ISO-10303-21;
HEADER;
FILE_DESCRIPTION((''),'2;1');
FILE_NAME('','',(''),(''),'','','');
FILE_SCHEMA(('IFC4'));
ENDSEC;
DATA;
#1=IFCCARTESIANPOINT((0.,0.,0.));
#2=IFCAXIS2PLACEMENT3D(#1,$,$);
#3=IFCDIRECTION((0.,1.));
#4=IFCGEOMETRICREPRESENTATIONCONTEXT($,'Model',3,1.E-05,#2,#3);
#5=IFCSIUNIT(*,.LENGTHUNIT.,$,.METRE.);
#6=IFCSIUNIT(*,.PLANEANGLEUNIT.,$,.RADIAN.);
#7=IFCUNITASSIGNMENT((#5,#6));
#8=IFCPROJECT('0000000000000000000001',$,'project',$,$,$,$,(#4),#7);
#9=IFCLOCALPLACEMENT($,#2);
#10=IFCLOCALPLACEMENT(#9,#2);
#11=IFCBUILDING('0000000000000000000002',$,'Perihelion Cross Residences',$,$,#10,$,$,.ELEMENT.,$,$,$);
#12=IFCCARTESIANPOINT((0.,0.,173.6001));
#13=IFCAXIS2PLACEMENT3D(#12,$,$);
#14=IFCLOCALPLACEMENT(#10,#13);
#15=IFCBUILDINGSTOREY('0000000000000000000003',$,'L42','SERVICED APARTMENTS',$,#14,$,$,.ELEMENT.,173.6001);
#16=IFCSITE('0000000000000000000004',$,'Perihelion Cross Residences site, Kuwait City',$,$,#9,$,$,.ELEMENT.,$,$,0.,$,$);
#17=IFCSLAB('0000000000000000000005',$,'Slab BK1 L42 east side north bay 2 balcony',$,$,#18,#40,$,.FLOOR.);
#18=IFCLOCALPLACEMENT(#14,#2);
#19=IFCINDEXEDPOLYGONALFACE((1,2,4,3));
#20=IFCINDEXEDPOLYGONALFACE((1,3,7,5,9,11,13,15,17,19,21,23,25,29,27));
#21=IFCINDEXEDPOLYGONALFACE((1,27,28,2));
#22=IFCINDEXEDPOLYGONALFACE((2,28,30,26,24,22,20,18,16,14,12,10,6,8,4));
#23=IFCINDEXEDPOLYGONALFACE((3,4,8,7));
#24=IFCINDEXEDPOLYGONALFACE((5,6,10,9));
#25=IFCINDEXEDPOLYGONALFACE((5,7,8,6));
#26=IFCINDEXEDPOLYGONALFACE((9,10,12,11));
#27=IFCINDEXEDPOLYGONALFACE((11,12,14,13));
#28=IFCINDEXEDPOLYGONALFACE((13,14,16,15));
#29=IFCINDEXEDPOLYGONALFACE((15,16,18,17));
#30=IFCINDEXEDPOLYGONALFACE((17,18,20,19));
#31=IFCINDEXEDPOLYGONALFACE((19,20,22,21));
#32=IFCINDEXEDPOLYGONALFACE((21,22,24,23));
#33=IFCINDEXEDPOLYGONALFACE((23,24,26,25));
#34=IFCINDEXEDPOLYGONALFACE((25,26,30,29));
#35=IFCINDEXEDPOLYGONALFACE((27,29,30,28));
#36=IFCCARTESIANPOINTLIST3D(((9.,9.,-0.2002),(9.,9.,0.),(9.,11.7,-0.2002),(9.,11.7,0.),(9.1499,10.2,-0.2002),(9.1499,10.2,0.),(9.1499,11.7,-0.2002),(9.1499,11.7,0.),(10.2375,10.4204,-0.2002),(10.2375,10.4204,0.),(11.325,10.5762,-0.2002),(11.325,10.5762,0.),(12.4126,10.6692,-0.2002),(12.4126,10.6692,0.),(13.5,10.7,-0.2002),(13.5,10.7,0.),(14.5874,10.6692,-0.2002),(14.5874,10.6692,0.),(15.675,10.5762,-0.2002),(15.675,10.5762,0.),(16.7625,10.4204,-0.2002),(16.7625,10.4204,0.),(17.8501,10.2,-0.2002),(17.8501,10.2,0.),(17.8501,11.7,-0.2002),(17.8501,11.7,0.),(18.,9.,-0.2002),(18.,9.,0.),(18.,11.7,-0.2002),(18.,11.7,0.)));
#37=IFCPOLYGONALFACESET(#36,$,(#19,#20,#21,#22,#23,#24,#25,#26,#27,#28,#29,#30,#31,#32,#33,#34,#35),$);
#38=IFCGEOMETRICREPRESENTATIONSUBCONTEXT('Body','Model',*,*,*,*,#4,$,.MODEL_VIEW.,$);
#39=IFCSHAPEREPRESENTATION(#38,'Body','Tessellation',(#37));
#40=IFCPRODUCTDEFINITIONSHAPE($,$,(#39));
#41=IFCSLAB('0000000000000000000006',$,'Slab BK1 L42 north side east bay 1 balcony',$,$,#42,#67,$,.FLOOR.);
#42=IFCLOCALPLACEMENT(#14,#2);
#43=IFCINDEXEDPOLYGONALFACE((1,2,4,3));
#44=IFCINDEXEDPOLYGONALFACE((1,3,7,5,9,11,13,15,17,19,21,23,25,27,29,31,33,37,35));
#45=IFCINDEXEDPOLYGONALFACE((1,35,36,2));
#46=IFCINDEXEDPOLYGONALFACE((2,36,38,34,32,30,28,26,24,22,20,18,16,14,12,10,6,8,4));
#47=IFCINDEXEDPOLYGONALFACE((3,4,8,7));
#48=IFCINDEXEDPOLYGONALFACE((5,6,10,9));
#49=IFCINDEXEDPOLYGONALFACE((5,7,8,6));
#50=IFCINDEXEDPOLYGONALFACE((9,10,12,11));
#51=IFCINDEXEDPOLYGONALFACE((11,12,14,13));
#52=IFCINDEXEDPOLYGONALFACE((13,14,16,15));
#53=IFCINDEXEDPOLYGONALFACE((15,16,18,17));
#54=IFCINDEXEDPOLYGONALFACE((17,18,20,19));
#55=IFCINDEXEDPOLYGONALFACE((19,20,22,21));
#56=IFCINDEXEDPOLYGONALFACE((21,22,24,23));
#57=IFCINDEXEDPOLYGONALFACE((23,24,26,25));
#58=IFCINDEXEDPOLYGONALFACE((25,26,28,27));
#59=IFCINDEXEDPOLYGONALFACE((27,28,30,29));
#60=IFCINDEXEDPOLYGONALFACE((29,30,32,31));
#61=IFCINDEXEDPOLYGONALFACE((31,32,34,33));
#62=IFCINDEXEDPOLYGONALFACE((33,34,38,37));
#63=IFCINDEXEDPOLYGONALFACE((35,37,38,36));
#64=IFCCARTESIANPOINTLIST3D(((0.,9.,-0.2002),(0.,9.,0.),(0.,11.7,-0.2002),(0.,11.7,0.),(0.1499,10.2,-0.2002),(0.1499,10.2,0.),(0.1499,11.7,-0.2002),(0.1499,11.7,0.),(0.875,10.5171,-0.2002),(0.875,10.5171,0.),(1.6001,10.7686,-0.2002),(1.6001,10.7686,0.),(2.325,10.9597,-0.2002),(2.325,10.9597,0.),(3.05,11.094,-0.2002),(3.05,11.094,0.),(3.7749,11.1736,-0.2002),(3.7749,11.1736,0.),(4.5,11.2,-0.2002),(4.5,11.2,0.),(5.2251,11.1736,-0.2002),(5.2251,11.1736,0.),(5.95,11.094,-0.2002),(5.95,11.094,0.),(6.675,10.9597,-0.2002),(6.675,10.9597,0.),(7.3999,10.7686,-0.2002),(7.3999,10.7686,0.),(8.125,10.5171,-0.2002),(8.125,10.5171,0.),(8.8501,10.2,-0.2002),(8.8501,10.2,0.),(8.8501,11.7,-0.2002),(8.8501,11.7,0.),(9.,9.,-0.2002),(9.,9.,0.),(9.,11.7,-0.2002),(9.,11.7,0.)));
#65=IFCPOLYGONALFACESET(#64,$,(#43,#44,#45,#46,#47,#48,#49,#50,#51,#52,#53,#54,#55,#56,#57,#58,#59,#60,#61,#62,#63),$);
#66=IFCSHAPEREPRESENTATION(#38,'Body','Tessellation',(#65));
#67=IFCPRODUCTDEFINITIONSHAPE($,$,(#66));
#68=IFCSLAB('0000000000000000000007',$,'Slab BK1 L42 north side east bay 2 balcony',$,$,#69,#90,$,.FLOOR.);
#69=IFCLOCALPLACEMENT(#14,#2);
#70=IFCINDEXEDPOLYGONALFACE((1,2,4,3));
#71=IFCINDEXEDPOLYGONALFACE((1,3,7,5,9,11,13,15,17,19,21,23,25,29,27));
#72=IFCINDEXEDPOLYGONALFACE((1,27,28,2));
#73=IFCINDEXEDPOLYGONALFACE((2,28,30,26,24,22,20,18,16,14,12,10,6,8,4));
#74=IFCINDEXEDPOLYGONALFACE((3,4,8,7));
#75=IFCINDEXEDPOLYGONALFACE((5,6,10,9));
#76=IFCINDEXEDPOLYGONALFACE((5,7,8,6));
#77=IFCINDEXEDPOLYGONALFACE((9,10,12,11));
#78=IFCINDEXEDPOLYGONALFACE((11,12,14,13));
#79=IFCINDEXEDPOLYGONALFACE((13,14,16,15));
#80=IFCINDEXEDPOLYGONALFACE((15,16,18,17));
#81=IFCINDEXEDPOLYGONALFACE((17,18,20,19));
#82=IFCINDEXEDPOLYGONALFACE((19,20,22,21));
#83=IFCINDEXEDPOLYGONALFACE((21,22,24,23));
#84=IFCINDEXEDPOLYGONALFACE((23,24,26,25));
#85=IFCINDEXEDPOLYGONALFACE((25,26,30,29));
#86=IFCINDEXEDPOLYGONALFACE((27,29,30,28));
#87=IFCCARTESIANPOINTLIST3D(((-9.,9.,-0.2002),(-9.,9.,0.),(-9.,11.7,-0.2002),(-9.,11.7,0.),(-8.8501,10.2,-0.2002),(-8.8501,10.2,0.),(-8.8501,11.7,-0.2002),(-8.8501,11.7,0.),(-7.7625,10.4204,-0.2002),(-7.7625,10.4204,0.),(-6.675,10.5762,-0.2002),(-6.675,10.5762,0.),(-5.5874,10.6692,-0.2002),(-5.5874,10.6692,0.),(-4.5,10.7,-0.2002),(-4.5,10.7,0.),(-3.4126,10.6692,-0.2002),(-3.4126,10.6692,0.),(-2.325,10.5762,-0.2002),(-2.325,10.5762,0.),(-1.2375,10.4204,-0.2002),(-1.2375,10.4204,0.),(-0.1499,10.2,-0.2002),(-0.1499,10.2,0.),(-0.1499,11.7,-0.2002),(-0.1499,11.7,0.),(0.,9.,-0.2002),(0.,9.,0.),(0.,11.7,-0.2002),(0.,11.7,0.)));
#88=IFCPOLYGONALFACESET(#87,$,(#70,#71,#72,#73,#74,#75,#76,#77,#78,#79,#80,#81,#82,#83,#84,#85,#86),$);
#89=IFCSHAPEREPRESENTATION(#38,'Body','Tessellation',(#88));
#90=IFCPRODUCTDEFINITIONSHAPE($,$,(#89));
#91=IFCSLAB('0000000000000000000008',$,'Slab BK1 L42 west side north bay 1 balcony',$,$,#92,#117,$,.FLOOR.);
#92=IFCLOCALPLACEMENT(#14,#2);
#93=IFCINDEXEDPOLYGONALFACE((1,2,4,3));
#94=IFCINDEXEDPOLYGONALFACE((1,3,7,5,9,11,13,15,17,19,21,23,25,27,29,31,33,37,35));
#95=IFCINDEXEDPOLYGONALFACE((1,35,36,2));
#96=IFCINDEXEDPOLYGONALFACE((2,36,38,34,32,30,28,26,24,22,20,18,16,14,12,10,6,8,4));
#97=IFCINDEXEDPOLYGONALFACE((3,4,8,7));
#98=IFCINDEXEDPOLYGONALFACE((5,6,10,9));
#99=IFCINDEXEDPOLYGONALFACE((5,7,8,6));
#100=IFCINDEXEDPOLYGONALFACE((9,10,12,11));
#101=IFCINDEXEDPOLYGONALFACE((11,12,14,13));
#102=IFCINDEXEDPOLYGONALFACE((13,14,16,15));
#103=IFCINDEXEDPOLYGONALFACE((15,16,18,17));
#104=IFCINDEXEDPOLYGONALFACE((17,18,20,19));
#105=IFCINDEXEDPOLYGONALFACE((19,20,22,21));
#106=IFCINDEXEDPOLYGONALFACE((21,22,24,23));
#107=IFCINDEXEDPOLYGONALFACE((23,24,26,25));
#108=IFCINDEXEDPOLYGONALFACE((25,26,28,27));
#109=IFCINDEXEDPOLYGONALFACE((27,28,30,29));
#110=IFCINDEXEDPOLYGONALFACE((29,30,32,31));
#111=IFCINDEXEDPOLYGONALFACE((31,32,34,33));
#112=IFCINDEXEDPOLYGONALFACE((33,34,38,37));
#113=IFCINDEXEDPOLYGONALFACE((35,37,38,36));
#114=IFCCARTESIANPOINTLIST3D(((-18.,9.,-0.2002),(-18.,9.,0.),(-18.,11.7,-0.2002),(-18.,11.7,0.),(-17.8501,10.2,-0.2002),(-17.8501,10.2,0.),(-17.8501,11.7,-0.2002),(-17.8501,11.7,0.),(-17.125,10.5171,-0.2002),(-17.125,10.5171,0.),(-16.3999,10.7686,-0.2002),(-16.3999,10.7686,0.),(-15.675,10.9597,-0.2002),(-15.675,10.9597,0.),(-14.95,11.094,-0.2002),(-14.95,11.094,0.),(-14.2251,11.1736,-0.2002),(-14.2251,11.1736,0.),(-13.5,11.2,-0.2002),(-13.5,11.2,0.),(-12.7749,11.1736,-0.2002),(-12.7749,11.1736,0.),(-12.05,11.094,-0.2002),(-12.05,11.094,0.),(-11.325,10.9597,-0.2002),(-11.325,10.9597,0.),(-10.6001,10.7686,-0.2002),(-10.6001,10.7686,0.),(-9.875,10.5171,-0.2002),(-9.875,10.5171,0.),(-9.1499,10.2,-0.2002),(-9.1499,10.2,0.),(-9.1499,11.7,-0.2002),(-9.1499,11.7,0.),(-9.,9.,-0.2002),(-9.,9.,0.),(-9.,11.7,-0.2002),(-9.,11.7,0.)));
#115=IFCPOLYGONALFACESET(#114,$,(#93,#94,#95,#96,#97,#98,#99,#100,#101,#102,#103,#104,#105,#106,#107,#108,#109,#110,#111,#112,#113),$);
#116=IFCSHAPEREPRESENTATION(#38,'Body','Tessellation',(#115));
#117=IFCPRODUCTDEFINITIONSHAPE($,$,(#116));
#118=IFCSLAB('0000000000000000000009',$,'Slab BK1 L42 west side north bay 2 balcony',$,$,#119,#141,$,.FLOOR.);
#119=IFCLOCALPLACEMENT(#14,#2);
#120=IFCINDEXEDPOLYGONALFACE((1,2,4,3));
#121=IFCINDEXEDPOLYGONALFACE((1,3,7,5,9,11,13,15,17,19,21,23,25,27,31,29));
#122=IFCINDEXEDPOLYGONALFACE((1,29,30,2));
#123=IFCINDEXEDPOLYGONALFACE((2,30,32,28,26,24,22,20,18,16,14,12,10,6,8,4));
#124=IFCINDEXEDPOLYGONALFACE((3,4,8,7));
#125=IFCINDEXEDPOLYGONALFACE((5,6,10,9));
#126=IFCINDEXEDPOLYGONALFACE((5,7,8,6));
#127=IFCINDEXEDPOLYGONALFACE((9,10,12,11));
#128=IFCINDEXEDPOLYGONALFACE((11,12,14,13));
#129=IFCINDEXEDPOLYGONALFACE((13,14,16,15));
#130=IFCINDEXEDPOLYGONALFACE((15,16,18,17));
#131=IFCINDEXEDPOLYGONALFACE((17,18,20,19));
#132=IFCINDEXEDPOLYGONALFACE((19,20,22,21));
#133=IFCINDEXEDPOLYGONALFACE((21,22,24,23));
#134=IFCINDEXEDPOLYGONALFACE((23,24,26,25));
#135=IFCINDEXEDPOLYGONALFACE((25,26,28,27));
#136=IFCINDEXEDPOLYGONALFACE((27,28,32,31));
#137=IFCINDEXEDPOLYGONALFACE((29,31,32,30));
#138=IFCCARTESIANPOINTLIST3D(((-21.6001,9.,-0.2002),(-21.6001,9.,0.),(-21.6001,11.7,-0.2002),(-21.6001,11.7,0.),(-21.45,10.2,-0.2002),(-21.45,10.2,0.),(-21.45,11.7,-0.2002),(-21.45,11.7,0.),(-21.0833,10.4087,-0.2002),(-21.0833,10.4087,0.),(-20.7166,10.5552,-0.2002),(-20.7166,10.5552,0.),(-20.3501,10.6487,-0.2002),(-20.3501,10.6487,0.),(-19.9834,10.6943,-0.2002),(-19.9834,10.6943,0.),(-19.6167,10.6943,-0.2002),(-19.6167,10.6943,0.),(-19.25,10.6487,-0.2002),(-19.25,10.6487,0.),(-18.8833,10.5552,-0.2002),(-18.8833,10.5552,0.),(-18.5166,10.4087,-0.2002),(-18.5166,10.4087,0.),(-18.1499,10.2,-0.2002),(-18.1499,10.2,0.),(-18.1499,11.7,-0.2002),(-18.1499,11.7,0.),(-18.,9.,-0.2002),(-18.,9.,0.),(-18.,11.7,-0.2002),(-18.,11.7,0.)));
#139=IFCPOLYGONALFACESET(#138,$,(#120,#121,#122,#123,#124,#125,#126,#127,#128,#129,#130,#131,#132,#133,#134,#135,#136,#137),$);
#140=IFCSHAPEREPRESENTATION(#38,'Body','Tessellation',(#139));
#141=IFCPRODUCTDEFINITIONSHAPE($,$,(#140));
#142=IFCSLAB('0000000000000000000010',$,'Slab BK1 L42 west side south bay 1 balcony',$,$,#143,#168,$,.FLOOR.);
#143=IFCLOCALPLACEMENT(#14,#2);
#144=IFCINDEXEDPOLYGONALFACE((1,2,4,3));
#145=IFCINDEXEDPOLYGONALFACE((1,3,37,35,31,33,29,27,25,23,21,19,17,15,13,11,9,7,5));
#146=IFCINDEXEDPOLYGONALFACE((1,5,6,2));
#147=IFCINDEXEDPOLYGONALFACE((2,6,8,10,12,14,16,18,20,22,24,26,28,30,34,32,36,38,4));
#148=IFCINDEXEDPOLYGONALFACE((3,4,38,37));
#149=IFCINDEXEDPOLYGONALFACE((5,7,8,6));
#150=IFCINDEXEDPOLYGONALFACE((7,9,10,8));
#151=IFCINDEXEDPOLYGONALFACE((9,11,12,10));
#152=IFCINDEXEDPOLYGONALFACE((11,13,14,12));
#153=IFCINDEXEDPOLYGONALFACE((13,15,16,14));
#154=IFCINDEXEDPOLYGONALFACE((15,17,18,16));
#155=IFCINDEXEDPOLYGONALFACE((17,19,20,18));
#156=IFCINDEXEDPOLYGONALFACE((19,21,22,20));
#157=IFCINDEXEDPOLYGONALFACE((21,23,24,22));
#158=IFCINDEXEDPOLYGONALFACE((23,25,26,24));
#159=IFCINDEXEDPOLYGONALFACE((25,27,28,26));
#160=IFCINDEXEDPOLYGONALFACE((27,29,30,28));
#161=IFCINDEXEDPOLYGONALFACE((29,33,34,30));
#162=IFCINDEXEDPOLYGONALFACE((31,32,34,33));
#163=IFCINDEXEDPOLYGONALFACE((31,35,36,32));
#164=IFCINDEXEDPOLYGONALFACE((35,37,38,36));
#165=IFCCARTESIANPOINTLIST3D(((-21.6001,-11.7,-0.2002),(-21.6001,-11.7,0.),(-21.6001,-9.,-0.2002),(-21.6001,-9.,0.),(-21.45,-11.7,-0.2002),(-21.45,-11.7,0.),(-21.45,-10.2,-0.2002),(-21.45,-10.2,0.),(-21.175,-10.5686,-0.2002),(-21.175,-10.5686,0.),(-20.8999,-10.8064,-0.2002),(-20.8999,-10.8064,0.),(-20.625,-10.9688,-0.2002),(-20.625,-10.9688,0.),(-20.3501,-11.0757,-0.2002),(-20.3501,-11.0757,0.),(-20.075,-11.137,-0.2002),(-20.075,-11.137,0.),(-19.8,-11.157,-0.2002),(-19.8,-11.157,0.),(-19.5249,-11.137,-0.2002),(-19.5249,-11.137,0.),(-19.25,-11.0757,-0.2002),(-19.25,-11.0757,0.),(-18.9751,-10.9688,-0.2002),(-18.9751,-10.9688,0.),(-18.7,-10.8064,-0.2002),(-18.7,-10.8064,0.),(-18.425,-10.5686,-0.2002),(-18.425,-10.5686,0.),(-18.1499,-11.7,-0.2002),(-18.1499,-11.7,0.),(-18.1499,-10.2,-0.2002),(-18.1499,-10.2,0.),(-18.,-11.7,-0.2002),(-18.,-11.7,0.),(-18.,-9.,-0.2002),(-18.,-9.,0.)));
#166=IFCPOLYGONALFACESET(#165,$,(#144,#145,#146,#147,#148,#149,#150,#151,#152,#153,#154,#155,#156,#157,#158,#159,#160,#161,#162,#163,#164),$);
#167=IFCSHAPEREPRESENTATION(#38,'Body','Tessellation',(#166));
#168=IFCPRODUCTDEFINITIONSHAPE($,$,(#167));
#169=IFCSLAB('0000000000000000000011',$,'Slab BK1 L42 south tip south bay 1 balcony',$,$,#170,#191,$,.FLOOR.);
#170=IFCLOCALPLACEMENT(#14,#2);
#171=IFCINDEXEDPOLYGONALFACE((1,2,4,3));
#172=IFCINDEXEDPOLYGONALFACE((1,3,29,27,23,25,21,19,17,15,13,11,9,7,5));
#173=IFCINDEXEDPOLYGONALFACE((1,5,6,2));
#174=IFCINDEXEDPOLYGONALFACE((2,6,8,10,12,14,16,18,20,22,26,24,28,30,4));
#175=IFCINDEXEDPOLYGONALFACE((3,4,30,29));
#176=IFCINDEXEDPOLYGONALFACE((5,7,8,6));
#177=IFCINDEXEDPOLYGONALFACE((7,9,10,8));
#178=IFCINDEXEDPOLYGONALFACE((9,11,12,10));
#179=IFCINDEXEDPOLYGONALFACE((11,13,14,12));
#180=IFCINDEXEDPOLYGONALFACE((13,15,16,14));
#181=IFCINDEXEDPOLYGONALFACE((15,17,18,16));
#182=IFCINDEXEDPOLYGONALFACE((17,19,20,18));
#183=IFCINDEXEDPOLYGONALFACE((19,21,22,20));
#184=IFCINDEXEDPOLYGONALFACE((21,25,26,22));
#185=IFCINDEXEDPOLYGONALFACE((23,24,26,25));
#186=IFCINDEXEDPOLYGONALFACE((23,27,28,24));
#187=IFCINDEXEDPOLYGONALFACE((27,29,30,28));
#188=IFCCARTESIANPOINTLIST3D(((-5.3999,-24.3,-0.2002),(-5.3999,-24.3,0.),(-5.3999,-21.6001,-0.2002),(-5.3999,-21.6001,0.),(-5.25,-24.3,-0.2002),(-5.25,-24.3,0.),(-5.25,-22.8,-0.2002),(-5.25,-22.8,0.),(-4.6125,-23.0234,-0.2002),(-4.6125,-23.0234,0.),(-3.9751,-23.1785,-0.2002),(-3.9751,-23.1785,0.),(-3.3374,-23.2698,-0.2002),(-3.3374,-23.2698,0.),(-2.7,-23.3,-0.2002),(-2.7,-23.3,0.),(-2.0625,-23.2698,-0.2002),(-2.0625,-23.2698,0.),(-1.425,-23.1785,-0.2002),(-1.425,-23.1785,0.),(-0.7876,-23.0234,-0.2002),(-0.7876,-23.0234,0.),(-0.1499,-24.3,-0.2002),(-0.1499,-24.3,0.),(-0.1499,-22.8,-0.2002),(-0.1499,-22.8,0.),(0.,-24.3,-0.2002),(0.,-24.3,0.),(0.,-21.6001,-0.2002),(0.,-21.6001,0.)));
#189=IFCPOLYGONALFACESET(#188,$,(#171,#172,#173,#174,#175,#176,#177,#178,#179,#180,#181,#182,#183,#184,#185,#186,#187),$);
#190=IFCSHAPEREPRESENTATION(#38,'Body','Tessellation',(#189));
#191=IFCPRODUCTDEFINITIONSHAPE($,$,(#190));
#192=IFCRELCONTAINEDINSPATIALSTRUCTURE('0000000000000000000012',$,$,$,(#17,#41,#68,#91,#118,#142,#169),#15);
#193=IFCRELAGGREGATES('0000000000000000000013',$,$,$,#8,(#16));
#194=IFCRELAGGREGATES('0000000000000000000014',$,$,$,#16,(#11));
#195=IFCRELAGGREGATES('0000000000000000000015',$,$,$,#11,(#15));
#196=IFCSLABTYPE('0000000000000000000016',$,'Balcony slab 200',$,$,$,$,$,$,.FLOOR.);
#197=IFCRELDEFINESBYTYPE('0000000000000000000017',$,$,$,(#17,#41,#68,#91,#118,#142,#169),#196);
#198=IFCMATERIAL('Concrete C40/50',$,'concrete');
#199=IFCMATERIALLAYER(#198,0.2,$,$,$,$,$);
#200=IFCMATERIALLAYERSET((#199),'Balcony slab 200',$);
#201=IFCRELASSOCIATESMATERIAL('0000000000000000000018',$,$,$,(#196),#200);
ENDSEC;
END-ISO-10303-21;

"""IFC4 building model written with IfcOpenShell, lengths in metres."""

from ifc_helpers import new_model, si_unit, direction, frame, origin, place, context, subcontext, project, spatial, polyline, outline, extrude, material, layer, layer_set, type_object, element, save


model = new_model("IFC4")

# Units and contexts
model_context = context("Model", 3, precision=1e-05, world=origin(), true_north=direction((0.0, 1.0)))
body_context = subcontext(model_context, "Body", "Model", "MODEL_VIEW")
ifc_project = project(units=[si_unit("LENGTHUNIT", "METRE"), si_unit("PLANEANGLEUNIT", "RADIAN")], contexts=[model_context])

# Site, building, storey
site_placement = place(None, origin())
site = spatial("IfcSite", under=ifc_project, at=site_placement, Name="Perihelion Cross Residences site, Kuwait City", CompositionType="ELEMENT", RefElevation=0.0)
building_placement = place(site_placement, origin())
building = spatial("IfcBuilding", under=site, at=building_placement, Name="Perihelion Cross Residences", CompositionType="ELEMENT")
storey_placement = place(building_placement, frame((0.0, 0.0, 173.6001)))
storey = spatial("IfcBuildingStorey", under=building, at=storey_placement, Name="L42", Description="SERVICED APARTMENTS", CompositionType="ELEMENT", Elevation=173.6001)

# Slabs
ifc_material_1 = material(Name="Concrete C40/50", Category="concrete")
ifc_layer_1 = layer(ifc_material_1, 0.2)
ifc_layer_set_1 = layer_set([ifc_layer_1], Name="Balcony slab 200")
slab_type_1 = type_object("IfcSlabType", Name="Balcony slab 200", PredefinedType="FLOOR", material=ifc_layer_set_1)
slab_1_placement = place(storey_placement, frame((0.0, 0.0, -0.2002)))
element("IfcSlab", 1, at=slab_1_placement, inside=storey, type_object=slab_type_1, Name="Slab BK1 L42 east side north bay 2 balcony", PredefinedType="FLOOR", context=body_context, shape_type="SweptSolid", body=[
    extrude(outline(polyline([(18.0, 9.0), (9.0, 9.0), (9.0, 11.7), (9.1499, 11.7), (9.1499, 10.2), (10.2375, 10.4204), (11.325, 10.5762), (12.4126, 10.6692), (13.5, 10.7), (14.5874, 10.6692), (15.675, 10.5762), (16.7625, 10.4204), (17.8501, 10.2), (17.8501, 11.7), (18.0, 11.7), (18.0, 9.0)])), origin(), (0.0, 0.0, 1.0), 0.2002),
])
slab_2_placement = place(storey_placement, frame((0.0, 0.0, -0.2002)))
element("IfcSlab", 2, at=slab_2_placement, inside=storey, type_object=slab_type_1, Name="Slab BK1 L42 north side east bay 1 balcony", PredefinedType="FLOOR", context=body_context, shape_type="SweptSolid", body=[
    extrude(outline(polyline([(9.0, 9.0), (0.0, 9.0), (0.0, 11.7), (0.1499, 11.7), (0.1499, 10.2), (0.875, 10.5171), (1.6001, 10.7686), (2.325, 10.9597), (3.05, 11.094), (3.7749, 11.1736), (4.5, 11.2), (5.2251, 11.1736), (5.95, 11.094), (6.675, 10.9597), (7.3999, 10.7686), (8.125, 10.5171), (8.8501, 10.2), (8.8501, 11.7), (9.0, 11.7), (9.0, 9.0)])), origin(), (0.0, 0.0, 1.0), 0.2002),
])
slab_3_placement = place(storey_placement, frame((0.0, 0.0, -0.2002)))
element("IfcSlab", 3, at=slab_3_placement, inside=storey, type_object=slab_type_1, Name="Slab BK1 L42 north side east bay 2 balcony", PredefinedType="FLOOR", context=body_context, shape_type="SweptSolid", body=[
    extrude(outline(polyline([(0.0, 9.0), (-9.0, 9.0), (-9.0, 11.7), (-8.8501, 11.7), (-8.8501, 10.2), (-7.7625, 10.4204), (-6.675, 10.5762), (-5.5874, 10.6692), (-4.5, 10.7), (-3.4126, 10.6692), (-2.325, 10.5762), (-1.2375, 10.4204), (-0.1499, 10.2), (-0.1499, 11.7), (0.0, 11.7), (0.0, 9.0)])), origin(), (0.0, 0.0, 1.0), 0.2002),
])
slab_4_placement = place(storey_placement, frame((0.0, 0.0, -0.2002)))
element("IfcSlab", 4, at=slab_4_placement, inside=storey, type_object=slab_type_1, Name="Slab BK1 L42 west side north bay 1 balcony", PredefinedType="FLOOR", context=body_context, shape_type="SweptSolid", body=[
    extrude(outline(polyline([(-9.0, 9.0), (-18.0, 9.0), (-18.0, 11.7), (-17.8501, 11.7), (-17.8501, 10.2), (-17.125, 10.5171), (-16.3999, 10.7686), (-15.675, 10.9597), (-14.95, 11.094), (-14.2251, 11.1736), (-13.5, 11.2), (-12.7749, 11.1736), (-12.05, 11.094), (-11.325, 10.9597), (-10.6001, 10.7686), (-9.875, 10.5171), (-9.1499, 10.2), (-9.1499, 11.7), (-9.0, 11.7), (-9.0, 9.0)])), origin(), (0.0, 0.0, 1.0), 0.2002),
])
slab_5_placement = place(storey_placement, frame((0.0, 0.0, -0.2002)))
element("IfcSlab", 5, at=slab_5_placement, inside=storey, type_object=slab_type_1, Name="Slab BK1 L42 west side north bay 2 balcony", PredefinedType="FLOOR", context=body_context, shape_type="SweptSolid", body=[
    extrude(outline(polyline([(-18.0, 9.0), (-21.6001, 9.0), (-21.6001, 11.7), (-21.45, 11.7), (-21.45, 10.2), (-21.0833, 10.4087), (-20.7166, 10.5552), (-20.3501, 10.6487), (-19.9834, 10.6943), (-19.6167, 10.6943), (-19.25, 10.6487), (-18.8833, 10.5552), (-18.5166, 10.4087), (-18.1499, 10.2), (-18.1499, 11.7), (-18.0, 11.7), (-18.0, 9.0)])), origin(), (0.0, 0.0, 1.0), 0.2002),
])
slab_6_placement = place(storey_placement, frame((0.0, 0.0, -0.2002)))
element("IfcSlab", 6, at=slab_6_placement, inside=storey, type_object=slab_type_1, Name="Slab BK1 L42 west side south bay 1 balcony", PredefinedType="FLOOR", context=body_context, shape_type="SweptSolid", body=[
    extrude(outline(polyline([(-21.6001, -9.0), (-18.0, -9.0), (-18.0, -11.7), (-18.1499, -11.7), (-18.1499, -10.2), (-18.425, -10.5686), (-18.7, -10.8064), (-18.9751, -10.9688), (-19.25, -11.0757), (-19.5249, -11.137), (-19.8, -11.157), (-20.075, -11.137), (-20.3501, -11.0757), (-20.625, -10.9688), (-20.8999, -10.8064), (-21.175, -10.5686), (-21.45, -10.2), (-21.45, -11.7), (-21.6001, -11.7), (-21.6001, -9.0)])), origin(), (0.0, 0.0, 1.0), 0.2002),
])
slab_7_placement = place(storey_placement, frame((0.0, 0.0, -0.2002)))
element("IfcSlab", 7, at=slab_7_placement, inside=storey, type_object=slab_type_1, Name="Slab BK1 L42 south tip south bay 1 balcony", PredefinedType="FLOOR", context=body_context, shape_type="SweptSolid", body=[
    extrude(outline(polyline([(-5.3999, -21.6001), (0.0, -21.6001), (0.0, -24.3), (-0.1499, -24.3), (-0.1499, -22.8), (-0.7876, -23.0234), (-1.425, -23.1785), (-2.0625, -23.2698), (-2.7, -23.3), (-3.3374, -23.2698), (-3.9751, -23.1785), (-4.6125, -23.0234), (-5.25, -22.8), (-5.25, -24.3), (-5.3999, -24.3), (-5.3999, -21.6001)])), origin(), (0.0, 0.0, 1.0), 0.2002),
])

save(model, "model.ifc")
